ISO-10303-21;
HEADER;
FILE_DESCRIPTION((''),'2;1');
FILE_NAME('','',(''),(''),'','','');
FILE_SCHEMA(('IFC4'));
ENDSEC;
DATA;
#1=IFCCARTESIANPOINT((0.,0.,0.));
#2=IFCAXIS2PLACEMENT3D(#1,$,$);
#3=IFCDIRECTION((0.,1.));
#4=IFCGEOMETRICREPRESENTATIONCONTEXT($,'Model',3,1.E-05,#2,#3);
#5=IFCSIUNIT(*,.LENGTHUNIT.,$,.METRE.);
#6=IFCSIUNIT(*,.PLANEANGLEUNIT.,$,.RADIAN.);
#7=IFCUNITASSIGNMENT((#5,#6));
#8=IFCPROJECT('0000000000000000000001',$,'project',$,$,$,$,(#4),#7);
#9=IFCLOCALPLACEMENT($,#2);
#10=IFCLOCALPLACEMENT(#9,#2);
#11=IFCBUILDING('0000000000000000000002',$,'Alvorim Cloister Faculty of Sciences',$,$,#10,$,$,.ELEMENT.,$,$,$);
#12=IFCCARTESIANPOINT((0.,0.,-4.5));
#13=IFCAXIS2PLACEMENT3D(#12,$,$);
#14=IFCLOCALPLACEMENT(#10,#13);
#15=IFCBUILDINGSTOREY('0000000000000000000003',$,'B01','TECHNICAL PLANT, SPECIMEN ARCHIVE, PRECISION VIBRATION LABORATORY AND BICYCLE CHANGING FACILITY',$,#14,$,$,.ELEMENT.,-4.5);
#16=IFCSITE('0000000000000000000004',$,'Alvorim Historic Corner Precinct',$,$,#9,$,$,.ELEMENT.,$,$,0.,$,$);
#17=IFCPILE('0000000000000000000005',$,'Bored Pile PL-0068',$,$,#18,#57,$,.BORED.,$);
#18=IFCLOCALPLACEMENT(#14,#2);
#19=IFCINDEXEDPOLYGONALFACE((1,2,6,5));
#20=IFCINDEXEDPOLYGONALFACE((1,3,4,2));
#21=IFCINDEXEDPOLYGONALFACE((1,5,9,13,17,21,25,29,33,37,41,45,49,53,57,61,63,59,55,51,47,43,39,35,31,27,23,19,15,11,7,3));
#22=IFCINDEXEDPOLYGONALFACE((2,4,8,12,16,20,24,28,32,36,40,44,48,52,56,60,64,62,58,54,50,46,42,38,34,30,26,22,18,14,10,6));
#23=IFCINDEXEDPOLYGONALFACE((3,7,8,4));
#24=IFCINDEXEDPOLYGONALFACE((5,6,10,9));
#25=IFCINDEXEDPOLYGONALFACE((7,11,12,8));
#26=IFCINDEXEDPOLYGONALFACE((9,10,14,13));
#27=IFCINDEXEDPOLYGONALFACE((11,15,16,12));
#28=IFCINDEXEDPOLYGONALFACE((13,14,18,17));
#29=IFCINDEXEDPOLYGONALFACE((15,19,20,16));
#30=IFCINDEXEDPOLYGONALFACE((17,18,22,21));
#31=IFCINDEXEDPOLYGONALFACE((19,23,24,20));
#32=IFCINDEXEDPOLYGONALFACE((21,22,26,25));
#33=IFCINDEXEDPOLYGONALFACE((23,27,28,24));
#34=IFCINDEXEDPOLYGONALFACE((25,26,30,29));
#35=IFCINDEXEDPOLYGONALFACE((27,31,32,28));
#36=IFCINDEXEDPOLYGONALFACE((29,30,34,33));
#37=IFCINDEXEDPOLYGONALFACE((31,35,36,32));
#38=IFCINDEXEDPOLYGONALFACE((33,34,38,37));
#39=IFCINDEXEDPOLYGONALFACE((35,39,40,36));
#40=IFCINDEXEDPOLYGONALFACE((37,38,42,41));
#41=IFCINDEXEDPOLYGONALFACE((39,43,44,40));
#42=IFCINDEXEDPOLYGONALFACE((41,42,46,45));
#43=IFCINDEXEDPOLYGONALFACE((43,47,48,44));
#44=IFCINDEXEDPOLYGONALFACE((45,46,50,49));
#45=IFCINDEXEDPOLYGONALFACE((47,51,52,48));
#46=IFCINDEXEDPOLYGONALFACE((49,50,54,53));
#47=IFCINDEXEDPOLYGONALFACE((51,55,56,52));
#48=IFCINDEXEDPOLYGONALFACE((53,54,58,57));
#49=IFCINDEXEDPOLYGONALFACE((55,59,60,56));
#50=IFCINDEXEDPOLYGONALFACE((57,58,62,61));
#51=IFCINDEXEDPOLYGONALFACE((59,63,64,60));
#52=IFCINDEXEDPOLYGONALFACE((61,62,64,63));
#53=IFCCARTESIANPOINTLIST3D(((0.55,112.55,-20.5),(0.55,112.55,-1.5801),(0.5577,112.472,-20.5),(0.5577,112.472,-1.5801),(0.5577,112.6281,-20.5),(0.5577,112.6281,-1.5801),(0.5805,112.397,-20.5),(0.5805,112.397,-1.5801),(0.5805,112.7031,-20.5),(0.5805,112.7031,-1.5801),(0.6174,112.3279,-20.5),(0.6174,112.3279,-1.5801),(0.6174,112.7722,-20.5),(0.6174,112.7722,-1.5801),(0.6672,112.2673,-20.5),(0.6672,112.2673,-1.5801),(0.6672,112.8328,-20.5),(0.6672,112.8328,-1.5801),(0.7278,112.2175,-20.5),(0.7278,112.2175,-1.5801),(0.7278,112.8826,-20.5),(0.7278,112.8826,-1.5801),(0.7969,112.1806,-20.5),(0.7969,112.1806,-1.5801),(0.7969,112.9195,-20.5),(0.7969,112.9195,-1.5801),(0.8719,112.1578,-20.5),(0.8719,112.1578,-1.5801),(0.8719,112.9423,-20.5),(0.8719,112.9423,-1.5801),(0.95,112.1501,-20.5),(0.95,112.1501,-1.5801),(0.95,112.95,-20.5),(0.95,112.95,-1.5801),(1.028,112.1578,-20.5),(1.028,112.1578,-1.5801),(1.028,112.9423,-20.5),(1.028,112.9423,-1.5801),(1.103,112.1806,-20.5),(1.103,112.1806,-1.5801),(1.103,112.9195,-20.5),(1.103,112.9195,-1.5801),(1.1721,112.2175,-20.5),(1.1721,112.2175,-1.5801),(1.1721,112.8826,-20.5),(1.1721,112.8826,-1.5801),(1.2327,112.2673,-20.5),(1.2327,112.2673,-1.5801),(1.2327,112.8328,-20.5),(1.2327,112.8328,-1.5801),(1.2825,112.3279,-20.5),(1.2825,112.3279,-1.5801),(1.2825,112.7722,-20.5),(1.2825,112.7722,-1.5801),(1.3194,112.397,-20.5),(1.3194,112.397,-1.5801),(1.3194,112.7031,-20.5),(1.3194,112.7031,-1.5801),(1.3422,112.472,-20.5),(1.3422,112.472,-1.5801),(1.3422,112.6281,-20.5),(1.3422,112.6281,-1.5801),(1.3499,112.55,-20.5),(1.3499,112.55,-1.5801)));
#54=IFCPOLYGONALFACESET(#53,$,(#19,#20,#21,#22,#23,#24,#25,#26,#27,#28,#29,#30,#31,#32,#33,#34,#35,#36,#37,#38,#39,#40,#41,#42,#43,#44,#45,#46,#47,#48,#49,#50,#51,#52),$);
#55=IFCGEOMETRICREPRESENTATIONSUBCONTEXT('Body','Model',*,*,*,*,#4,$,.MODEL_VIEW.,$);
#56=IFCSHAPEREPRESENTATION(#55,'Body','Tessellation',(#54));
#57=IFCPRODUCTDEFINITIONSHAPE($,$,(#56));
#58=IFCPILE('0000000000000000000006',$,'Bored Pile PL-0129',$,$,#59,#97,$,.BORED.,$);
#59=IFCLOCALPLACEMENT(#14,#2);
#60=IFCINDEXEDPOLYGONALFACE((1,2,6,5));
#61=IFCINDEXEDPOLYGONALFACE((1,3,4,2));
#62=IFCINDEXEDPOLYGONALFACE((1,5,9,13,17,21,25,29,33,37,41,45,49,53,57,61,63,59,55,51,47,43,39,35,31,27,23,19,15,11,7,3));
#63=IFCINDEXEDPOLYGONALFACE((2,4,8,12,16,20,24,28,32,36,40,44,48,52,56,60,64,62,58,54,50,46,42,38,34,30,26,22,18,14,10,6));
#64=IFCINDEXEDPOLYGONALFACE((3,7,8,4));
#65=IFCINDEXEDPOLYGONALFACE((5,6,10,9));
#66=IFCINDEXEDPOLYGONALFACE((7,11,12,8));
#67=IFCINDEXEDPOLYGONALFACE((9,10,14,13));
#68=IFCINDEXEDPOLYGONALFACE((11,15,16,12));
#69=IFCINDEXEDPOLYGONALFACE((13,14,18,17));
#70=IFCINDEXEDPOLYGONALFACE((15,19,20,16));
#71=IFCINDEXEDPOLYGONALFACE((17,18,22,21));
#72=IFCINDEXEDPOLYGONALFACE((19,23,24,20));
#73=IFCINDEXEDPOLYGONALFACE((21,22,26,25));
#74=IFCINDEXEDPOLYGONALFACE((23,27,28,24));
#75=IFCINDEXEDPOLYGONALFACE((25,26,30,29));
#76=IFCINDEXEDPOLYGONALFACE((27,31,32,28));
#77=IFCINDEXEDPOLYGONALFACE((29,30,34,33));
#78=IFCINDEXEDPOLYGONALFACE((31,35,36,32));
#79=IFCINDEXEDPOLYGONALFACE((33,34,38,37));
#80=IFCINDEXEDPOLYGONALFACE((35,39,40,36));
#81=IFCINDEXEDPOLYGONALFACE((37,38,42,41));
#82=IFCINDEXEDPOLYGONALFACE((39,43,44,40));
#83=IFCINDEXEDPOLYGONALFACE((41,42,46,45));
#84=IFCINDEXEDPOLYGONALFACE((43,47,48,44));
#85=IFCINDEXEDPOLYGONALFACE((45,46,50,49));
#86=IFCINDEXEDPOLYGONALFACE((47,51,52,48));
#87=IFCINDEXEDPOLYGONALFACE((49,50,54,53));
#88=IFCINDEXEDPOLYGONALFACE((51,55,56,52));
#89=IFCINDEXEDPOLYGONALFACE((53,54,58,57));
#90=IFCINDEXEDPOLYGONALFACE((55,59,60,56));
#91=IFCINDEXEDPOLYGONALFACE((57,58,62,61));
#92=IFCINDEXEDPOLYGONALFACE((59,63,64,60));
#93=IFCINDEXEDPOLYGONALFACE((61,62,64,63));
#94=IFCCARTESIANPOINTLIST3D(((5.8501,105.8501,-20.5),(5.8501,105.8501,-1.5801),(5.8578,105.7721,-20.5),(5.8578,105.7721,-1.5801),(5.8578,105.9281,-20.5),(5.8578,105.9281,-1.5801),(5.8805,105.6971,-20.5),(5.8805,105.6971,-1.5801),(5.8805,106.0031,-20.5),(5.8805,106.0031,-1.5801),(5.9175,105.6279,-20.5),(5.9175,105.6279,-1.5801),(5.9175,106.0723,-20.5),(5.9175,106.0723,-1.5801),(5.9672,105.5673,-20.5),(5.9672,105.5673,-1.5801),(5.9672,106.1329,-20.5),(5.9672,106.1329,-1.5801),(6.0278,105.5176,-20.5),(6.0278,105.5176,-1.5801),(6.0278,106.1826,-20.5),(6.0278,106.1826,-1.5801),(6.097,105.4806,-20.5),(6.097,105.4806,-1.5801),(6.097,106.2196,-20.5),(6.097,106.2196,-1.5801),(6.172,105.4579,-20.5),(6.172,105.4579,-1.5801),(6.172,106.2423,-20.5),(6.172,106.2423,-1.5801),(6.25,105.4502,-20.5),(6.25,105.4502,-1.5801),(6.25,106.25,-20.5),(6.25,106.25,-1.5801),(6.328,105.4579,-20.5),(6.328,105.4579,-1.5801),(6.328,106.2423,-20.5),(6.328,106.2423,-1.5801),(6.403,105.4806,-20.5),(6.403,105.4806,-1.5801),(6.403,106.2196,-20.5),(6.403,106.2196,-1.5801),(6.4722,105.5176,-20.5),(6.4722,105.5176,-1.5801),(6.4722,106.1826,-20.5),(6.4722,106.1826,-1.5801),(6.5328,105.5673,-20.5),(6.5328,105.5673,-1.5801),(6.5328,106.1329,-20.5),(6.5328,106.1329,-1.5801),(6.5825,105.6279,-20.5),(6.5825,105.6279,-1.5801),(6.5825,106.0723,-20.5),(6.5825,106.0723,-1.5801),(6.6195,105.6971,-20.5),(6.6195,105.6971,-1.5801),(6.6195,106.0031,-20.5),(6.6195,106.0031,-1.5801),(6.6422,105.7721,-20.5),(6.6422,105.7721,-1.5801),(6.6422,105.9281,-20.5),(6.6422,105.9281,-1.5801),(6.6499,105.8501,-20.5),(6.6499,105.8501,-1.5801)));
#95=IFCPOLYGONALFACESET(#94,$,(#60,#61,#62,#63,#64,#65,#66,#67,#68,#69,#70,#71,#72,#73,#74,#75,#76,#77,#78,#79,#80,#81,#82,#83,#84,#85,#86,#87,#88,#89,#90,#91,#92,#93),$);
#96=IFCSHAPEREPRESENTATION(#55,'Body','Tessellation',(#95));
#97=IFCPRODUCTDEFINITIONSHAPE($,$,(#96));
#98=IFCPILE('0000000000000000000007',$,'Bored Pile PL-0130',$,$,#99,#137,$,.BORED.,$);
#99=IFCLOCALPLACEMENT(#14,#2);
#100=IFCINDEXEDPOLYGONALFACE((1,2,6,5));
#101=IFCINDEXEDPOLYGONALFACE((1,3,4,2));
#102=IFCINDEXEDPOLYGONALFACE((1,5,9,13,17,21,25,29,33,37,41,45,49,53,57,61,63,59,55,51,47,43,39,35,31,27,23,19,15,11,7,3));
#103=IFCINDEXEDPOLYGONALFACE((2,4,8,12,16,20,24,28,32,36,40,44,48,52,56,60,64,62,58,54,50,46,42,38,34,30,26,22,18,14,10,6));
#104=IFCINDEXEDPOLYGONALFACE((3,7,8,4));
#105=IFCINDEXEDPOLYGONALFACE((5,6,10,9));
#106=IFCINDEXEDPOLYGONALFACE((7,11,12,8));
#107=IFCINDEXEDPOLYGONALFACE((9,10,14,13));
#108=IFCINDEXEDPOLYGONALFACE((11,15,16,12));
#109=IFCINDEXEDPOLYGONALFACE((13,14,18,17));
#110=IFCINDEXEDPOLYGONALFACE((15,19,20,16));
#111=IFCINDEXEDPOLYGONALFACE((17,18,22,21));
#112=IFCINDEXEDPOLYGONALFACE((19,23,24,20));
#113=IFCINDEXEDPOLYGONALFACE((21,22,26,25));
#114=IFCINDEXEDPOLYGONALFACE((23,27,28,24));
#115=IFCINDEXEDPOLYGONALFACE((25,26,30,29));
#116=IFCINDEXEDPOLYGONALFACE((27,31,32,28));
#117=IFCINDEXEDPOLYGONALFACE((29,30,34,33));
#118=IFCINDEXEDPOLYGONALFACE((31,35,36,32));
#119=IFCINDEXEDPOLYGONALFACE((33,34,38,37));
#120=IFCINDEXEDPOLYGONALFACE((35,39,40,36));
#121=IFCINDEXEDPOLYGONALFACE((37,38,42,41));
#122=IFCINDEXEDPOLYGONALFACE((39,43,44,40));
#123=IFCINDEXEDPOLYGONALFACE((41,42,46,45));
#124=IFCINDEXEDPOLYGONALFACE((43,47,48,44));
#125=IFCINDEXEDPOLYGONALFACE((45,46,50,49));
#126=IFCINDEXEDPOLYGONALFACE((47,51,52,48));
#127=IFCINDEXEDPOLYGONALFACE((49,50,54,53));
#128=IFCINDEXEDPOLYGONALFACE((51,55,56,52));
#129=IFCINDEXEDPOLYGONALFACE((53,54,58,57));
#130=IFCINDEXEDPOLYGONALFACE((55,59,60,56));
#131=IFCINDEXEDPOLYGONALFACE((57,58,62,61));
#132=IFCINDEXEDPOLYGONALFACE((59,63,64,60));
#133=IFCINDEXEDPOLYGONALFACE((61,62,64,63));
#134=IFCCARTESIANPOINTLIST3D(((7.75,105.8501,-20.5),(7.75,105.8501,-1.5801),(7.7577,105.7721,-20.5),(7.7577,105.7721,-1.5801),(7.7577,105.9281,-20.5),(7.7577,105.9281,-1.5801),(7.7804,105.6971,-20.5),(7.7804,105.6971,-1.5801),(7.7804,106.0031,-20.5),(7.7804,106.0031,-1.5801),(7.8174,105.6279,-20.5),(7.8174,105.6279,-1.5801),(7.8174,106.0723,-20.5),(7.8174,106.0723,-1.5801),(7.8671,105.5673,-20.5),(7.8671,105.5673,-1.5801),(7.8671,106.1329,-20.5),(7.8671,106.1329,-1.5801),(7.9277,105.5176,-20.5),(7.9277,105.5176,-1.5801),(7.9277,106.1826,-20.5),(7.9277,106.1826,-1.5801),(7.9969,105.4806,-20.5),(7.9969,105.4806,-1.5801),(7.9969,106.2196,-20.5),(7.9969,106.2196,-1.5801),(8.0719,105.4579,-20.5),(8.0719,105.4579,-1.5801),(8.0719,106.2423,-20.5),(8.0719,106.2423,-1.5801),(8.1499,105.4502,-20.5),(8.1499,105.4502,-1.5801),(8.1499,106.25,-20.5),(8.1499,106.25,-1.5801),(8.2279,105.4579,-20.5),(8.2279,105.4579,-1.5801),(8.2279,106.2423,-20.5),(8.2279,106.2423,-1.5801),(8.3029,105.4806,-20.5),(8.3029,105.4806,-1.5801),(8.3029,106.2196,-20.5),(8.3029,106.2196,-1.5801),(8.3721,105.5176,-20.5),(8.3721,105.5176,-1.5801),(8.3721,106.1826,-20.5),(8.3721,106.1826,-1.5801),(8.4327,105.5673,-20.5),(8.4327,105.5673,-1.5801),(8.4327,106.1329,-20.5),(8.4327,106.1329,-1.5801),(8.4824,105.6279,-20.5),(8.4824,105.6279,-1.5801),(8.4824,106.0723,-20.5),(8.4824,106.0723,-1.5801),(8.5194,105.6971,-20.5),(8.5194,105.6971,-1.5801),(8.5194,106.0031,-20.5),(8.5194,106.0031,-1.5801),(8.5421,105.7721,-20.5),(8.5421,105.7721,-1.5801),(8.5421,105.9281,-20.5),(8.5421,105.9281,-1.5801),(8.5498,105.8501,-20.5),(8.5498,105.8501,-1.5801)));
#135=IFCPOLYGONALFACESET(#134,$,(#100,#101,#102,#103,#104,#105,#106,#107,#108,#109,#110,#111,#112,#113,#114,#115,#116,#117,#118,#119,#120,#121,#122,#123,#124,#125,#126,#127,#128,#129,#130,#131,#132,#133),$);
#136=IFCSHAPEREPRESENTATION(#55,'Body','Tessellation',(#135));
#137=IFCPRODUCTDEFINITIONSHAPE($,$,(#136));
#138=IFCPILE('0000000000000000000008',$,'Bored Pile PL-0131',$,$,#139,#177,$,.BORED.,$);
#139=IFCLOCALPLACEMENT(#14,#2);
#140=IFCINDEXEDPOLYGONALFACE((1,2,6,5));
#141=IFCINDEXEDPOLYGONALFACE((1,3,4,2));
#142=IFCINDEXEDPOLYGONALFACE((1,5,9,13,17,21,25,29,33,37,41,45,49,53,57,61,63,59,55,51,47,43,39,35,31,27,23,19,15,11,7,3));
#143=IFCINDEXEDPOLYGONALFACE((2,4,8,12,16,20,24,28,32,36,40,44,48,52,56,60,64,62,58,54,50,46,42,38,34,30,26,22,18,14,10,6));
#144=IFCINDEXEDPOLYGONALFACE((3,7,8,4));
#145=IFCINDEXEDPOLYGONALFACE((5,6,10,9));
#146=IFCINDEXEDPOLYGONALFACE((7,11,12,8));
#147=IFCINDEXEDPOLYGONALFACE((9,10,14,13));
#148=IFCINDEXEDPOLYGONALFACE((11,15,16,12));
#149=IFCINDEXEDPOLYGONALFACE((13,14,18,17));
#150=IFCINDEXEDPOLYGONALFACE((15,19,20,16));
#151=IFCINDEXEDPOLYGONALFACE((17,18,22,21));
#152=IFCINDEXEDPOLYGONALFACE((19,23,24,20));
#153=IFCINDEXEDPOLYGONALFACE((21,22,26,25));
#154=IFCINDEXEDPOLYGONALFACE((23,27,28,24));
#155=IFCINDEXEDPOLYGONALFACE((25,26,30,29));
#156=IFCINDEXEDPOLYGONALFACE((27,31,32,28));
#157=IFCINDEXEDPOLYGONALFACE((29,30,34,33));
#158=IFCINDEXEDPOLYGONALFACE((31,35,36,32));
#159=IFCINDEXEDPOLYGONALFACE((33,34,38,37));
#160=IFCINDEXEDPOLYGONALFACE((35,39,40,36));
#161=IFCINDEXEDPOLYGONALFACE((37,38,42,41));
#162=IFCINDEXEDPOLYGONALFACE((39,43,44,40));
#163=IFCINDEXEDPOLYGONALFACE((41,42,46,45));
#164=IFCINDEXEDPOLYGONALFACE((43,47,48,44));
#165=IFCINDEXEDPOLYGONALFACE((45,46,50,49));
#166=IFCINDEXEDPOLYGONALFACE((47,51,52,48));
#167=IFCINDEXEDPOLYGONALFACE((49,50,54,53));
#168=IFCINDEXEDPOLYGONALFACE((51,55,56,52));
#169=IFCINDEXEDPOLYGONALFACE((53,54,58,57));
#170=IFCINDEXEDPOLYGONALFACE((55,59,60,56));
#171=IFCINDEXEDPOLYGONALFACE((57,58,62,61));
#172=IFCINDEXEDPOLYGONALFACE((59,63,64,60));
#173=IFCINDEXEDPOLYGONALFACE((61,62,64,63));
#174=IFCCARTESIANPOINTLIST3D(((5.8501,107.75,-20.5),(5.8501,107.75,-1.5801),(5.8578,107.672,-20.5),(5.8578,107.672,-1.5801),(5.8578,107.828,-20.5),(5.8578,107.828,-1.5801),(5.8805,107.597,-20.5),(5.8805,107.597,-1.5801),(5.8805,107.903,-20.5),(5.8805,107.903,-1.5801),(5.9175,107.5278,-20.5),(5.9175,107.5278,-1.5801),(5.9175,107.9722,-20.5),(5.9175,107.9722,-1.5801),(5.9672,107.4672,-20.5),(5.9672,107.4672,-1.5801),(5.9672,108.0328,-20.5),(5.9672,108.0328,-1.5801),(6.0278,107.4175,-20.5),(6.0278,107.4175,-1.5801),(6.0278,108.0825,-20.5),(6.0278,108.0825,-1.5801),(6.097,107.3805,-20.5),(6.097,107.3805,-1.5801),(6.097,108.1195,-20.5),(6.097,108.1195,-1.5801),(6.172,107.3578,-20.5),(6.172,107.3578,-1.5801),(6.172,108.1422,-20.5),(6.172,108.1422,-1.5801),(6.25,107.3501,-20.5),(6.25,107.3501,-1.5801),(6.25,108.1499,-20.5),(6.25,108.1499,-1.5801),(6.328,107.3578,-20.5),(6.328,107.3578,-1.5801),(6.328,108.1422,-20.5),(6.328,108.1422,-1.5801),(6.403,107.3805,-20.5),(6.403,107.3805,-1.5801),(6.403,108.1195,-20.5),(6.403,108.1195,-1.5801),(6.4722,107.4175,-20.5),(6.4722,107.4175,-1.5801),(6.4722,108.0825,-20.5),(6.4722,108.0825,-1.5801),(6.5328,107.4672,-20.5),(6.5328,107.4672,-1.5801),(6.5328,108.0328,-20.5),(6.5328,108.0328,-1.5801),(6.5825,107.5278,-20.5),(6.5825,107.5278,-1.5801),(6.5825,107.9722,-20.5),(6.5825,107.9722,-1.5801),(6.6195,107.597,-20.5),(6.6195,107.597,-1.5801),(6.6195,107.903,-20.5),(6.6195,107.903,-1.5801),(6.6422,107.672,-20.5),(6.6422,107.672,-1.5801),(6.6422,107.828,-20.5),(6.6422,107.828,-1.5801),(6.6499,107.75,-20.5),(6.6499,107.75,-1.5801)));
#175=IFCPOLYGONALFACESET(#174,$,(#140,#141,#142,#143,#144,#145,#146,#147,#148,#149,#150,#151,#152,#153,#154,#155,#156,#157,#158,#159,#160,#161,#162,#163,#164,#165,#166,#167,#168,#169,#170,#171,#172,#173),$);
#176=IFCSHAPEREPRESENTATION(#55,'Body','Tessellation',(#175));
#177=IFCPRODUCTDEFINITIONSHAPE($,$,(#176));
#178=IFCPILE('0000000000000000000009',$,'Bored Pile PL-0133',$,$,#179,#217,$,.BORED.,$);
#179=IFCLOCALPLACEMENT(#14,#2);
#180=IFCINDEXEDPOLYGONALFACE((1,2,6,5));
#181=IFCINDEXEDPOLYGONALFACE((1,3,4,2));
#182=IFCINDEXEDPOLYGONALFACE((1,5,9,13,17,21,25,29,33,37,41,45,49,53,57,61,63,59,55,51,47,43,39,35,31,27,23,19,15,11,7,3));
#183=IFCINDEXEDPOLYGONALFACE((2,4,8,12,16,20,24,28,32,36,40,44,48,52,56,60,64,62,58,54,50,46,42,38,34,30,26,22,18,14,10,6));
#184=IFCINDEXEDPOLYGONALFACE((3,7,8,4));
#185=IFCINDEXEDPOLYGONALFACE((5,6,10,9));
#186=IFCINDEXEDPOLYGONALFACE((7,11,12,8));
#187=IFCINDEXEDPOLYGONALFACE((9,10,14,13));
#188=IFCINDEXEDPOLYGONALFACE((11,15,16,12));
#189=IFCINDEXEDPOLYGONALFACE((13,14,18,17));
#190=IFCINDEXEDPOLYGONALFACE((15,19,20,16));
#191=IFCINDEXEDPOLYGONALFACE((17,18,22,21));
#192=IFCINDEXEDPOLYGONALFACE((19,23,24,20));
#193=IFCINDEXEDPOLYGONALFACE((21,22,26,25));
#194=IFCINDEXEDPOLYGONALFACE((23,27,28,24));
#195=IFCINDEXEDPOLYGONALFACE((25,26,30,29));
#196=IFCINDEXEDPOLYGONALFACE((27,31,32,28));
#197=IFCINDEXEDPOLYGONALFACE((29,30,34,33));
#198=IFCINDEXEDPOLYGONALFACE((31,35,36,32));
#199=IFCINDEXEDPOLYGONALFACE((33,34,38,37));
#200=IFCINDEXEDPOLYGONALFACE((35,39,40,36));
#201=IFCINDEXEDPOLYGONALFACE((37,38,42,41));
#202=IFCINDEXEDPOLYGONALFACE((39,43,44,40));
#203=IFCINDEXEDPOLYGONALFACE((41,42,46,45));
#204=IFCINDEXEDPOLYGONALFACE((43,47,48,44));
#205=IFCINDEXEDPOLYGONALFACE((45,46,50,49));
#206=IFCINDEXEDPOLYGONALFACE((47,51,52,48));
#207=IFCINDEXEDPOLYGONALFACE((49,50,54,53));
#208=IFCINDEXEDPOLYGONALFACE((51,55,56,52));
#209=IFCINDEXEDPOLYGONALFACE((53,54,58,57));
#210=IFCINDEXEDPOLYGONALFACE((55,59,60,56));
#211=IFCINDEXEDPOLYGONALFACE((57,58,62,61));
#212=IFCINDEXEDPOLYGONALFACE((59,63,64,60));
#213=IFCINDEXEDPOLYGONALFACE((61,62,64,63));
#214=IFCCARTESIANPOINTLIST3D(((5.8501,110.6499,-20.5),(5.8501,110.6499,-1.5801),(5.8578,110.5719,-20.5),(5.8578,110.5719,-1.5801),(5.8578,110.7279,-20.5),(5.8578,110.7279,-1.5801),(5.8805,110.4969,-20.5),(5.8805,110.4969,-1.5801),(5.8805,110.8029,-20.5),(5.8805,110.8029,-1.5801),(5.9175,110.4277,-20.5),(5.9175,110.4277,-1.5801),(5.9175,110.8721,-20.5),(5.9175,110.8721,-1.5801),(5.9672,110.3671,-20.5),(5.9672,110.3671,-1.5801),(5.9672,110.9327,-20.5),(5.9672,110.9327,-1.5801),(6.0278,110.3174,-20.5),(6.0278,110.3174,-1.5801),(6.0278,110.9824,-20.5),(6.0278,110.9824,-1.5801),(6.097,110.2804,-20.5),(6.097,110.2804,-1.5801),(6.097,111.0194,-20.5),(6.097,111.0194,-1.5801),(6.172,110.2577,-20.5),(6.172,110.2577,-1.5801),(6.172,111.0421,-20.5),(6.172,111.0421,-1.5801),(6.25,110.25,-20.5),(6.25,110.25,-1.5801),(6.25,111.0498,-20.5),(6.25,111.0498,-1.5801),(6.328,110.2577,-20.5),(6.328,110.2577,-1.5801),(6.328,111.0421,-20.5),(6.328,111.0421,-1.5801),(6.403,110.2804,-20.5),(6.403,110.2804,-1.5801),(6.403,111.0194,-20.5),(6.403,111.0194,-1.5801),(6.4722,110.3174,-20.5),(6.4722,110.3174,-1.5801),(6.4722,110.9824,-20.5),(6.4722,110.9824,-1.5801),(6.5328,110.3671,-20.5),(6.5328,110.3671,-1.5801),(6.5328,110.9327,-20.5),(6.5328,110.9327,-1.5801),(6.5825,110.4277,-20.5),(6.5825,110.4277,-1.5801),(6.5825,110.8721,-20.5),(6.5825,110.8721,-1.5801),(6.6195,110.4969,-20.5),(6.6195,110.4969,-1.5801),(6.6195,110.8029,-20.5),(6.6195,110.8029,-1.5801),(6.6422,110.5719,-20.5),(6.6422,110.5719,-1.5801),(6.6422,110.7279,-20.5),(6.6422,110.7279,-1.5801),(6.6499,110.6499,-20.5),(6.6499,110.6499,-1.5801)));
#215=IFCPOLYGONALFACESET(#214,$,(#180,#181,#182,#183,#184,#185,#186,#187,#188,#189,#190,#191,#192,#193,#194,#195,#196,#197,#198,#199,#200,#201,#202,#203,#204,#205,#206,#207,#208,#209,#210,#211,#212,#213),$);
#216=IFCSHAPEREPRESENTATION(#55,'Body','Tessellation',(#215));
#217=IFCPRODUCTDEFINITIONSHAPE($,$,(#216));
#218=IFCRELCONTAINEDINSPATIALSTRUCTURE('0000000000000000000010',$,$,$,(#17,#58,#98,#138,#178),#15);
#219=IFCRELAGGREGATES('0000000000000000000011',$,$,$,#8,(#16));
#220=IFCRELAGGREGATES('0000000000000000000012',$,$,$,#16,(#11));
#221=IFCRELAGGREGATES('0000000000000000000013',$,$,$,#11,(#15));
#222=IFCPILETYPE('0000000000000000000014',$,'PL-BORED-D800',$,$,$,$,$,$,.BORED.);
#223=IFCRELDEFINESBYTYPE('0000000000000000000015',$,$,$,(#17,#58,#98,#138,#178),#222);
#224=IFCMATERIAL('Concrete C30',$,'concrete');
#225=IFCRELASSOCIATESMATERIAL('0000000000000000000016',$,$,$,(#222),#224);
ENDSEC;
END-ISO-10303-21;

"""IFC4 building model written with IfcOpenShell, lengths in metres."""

from ifc_helpers import new_model, si_unit, direction, frame, origin, origin_2d, place, context, subcontext, project, spatial, circle, extrude, material, material_profile, profile_set, type_object, element, save


model = new_model("IFC4")

# Units and contexts
model_context = context("Model", 3, precision=1e-05, world=origin(), true_north=direction((0.0, 1.0)))
body_context = subcontext(model_context, "Body", "Model", "MODEL_VIEW")
ifc_project = project(units=[si_unit("LENGTHUNIT", "METRE"), si_unit("PLANEANGLEUNIT", "RADIAN")], contexts=[model_context])

# Site, building, storey
site_placement = place(None, origin())
site = spatial("IfcSite", under=ifc_project, at=site_placement, Name="Alvorim Historic Corner Precinct", CompositionType="ELEMENT", RefElevation=0.0)
building_placement = place(site_placement, origin())
building = spatial("IfcBuilding", under=site, at=building_placement, Name="Alvorim Cloister Faculty of Sciences", CompositionType="ELEMENT")
storey_placement = place(building_placement, frame((0.0, 0.0, -4.5)))
storey = spatial("IfcBuildingStorey", under=building, at=storey_placement, Name="B01", Description="TECHNICAL PLANT, SPECIMEN ARCHIVE, PRECISION VIBRATION LABORATORY AND BICYCLE CHANGING FACILITY", CompositionType="ELEMENT", Elevation=-4.5)

# Piles
ifc_material_1 = material(Name="Concrete C30", Category="concrete")
ifc_material_profile_1 = material_profile(ifc_material_1, circle(Radius=0.3999, at=origin_2d()), Name="PILE-D800")
ifc_profile_set_1 = profile_set([ifc_material_profile_1], Name="Concrete C30")
pile_type = type_object("IfcPileType", Name="PL-BORED-D800", PredefinedType="BORED", material=ifc_profile_set_1)
for number, where, z_axis, x_axis, name in (
    (1, (0.95, 112.55, -1.5801), (0.0, 0.0, -1.0), (1.0, 0.0, 0.0), "Bored Pile PL-0068"),
    (2, (6.25, 105.8501, -1.5801), (0.0, 0.0, -1.0), (1.0, 0.0, 0.0), "Bored Pile PL-0129"),
    (3, (8.1499, 105.8501, -1.5801), (0.0, 0.0, -1.0), (1.0, 0.0, 0.0), "Bored Pile PL-0130"),
    (4, (6.25, 107.75, -1.5801), (0.0, 0.0, -1.0), (1.0, 0.0, 0.0), "Bored Pile PL-0131"),
    (5, (6.25, 110.6499, -1.5801), (0.0, 0.0, -1.0), (1.0, 0.0, 0.0), "Bored Pile PL-0133"),
):
    element("IfcPile", number, at=place(storey_placement, frame(where, z_axis=z_axis, x_axis=x_axis)), inside=storey, type_object=pile_type, Name=name, PredefinedType="BORED", context=body_context, shape_type="SweptSolid", body=[
        extrude(circle(Radius=0.3999, at=origin_2d()), origin(), (0.0, 0.0, 1.0), 18.9199),
    ])

save(model, "model.ifc")
